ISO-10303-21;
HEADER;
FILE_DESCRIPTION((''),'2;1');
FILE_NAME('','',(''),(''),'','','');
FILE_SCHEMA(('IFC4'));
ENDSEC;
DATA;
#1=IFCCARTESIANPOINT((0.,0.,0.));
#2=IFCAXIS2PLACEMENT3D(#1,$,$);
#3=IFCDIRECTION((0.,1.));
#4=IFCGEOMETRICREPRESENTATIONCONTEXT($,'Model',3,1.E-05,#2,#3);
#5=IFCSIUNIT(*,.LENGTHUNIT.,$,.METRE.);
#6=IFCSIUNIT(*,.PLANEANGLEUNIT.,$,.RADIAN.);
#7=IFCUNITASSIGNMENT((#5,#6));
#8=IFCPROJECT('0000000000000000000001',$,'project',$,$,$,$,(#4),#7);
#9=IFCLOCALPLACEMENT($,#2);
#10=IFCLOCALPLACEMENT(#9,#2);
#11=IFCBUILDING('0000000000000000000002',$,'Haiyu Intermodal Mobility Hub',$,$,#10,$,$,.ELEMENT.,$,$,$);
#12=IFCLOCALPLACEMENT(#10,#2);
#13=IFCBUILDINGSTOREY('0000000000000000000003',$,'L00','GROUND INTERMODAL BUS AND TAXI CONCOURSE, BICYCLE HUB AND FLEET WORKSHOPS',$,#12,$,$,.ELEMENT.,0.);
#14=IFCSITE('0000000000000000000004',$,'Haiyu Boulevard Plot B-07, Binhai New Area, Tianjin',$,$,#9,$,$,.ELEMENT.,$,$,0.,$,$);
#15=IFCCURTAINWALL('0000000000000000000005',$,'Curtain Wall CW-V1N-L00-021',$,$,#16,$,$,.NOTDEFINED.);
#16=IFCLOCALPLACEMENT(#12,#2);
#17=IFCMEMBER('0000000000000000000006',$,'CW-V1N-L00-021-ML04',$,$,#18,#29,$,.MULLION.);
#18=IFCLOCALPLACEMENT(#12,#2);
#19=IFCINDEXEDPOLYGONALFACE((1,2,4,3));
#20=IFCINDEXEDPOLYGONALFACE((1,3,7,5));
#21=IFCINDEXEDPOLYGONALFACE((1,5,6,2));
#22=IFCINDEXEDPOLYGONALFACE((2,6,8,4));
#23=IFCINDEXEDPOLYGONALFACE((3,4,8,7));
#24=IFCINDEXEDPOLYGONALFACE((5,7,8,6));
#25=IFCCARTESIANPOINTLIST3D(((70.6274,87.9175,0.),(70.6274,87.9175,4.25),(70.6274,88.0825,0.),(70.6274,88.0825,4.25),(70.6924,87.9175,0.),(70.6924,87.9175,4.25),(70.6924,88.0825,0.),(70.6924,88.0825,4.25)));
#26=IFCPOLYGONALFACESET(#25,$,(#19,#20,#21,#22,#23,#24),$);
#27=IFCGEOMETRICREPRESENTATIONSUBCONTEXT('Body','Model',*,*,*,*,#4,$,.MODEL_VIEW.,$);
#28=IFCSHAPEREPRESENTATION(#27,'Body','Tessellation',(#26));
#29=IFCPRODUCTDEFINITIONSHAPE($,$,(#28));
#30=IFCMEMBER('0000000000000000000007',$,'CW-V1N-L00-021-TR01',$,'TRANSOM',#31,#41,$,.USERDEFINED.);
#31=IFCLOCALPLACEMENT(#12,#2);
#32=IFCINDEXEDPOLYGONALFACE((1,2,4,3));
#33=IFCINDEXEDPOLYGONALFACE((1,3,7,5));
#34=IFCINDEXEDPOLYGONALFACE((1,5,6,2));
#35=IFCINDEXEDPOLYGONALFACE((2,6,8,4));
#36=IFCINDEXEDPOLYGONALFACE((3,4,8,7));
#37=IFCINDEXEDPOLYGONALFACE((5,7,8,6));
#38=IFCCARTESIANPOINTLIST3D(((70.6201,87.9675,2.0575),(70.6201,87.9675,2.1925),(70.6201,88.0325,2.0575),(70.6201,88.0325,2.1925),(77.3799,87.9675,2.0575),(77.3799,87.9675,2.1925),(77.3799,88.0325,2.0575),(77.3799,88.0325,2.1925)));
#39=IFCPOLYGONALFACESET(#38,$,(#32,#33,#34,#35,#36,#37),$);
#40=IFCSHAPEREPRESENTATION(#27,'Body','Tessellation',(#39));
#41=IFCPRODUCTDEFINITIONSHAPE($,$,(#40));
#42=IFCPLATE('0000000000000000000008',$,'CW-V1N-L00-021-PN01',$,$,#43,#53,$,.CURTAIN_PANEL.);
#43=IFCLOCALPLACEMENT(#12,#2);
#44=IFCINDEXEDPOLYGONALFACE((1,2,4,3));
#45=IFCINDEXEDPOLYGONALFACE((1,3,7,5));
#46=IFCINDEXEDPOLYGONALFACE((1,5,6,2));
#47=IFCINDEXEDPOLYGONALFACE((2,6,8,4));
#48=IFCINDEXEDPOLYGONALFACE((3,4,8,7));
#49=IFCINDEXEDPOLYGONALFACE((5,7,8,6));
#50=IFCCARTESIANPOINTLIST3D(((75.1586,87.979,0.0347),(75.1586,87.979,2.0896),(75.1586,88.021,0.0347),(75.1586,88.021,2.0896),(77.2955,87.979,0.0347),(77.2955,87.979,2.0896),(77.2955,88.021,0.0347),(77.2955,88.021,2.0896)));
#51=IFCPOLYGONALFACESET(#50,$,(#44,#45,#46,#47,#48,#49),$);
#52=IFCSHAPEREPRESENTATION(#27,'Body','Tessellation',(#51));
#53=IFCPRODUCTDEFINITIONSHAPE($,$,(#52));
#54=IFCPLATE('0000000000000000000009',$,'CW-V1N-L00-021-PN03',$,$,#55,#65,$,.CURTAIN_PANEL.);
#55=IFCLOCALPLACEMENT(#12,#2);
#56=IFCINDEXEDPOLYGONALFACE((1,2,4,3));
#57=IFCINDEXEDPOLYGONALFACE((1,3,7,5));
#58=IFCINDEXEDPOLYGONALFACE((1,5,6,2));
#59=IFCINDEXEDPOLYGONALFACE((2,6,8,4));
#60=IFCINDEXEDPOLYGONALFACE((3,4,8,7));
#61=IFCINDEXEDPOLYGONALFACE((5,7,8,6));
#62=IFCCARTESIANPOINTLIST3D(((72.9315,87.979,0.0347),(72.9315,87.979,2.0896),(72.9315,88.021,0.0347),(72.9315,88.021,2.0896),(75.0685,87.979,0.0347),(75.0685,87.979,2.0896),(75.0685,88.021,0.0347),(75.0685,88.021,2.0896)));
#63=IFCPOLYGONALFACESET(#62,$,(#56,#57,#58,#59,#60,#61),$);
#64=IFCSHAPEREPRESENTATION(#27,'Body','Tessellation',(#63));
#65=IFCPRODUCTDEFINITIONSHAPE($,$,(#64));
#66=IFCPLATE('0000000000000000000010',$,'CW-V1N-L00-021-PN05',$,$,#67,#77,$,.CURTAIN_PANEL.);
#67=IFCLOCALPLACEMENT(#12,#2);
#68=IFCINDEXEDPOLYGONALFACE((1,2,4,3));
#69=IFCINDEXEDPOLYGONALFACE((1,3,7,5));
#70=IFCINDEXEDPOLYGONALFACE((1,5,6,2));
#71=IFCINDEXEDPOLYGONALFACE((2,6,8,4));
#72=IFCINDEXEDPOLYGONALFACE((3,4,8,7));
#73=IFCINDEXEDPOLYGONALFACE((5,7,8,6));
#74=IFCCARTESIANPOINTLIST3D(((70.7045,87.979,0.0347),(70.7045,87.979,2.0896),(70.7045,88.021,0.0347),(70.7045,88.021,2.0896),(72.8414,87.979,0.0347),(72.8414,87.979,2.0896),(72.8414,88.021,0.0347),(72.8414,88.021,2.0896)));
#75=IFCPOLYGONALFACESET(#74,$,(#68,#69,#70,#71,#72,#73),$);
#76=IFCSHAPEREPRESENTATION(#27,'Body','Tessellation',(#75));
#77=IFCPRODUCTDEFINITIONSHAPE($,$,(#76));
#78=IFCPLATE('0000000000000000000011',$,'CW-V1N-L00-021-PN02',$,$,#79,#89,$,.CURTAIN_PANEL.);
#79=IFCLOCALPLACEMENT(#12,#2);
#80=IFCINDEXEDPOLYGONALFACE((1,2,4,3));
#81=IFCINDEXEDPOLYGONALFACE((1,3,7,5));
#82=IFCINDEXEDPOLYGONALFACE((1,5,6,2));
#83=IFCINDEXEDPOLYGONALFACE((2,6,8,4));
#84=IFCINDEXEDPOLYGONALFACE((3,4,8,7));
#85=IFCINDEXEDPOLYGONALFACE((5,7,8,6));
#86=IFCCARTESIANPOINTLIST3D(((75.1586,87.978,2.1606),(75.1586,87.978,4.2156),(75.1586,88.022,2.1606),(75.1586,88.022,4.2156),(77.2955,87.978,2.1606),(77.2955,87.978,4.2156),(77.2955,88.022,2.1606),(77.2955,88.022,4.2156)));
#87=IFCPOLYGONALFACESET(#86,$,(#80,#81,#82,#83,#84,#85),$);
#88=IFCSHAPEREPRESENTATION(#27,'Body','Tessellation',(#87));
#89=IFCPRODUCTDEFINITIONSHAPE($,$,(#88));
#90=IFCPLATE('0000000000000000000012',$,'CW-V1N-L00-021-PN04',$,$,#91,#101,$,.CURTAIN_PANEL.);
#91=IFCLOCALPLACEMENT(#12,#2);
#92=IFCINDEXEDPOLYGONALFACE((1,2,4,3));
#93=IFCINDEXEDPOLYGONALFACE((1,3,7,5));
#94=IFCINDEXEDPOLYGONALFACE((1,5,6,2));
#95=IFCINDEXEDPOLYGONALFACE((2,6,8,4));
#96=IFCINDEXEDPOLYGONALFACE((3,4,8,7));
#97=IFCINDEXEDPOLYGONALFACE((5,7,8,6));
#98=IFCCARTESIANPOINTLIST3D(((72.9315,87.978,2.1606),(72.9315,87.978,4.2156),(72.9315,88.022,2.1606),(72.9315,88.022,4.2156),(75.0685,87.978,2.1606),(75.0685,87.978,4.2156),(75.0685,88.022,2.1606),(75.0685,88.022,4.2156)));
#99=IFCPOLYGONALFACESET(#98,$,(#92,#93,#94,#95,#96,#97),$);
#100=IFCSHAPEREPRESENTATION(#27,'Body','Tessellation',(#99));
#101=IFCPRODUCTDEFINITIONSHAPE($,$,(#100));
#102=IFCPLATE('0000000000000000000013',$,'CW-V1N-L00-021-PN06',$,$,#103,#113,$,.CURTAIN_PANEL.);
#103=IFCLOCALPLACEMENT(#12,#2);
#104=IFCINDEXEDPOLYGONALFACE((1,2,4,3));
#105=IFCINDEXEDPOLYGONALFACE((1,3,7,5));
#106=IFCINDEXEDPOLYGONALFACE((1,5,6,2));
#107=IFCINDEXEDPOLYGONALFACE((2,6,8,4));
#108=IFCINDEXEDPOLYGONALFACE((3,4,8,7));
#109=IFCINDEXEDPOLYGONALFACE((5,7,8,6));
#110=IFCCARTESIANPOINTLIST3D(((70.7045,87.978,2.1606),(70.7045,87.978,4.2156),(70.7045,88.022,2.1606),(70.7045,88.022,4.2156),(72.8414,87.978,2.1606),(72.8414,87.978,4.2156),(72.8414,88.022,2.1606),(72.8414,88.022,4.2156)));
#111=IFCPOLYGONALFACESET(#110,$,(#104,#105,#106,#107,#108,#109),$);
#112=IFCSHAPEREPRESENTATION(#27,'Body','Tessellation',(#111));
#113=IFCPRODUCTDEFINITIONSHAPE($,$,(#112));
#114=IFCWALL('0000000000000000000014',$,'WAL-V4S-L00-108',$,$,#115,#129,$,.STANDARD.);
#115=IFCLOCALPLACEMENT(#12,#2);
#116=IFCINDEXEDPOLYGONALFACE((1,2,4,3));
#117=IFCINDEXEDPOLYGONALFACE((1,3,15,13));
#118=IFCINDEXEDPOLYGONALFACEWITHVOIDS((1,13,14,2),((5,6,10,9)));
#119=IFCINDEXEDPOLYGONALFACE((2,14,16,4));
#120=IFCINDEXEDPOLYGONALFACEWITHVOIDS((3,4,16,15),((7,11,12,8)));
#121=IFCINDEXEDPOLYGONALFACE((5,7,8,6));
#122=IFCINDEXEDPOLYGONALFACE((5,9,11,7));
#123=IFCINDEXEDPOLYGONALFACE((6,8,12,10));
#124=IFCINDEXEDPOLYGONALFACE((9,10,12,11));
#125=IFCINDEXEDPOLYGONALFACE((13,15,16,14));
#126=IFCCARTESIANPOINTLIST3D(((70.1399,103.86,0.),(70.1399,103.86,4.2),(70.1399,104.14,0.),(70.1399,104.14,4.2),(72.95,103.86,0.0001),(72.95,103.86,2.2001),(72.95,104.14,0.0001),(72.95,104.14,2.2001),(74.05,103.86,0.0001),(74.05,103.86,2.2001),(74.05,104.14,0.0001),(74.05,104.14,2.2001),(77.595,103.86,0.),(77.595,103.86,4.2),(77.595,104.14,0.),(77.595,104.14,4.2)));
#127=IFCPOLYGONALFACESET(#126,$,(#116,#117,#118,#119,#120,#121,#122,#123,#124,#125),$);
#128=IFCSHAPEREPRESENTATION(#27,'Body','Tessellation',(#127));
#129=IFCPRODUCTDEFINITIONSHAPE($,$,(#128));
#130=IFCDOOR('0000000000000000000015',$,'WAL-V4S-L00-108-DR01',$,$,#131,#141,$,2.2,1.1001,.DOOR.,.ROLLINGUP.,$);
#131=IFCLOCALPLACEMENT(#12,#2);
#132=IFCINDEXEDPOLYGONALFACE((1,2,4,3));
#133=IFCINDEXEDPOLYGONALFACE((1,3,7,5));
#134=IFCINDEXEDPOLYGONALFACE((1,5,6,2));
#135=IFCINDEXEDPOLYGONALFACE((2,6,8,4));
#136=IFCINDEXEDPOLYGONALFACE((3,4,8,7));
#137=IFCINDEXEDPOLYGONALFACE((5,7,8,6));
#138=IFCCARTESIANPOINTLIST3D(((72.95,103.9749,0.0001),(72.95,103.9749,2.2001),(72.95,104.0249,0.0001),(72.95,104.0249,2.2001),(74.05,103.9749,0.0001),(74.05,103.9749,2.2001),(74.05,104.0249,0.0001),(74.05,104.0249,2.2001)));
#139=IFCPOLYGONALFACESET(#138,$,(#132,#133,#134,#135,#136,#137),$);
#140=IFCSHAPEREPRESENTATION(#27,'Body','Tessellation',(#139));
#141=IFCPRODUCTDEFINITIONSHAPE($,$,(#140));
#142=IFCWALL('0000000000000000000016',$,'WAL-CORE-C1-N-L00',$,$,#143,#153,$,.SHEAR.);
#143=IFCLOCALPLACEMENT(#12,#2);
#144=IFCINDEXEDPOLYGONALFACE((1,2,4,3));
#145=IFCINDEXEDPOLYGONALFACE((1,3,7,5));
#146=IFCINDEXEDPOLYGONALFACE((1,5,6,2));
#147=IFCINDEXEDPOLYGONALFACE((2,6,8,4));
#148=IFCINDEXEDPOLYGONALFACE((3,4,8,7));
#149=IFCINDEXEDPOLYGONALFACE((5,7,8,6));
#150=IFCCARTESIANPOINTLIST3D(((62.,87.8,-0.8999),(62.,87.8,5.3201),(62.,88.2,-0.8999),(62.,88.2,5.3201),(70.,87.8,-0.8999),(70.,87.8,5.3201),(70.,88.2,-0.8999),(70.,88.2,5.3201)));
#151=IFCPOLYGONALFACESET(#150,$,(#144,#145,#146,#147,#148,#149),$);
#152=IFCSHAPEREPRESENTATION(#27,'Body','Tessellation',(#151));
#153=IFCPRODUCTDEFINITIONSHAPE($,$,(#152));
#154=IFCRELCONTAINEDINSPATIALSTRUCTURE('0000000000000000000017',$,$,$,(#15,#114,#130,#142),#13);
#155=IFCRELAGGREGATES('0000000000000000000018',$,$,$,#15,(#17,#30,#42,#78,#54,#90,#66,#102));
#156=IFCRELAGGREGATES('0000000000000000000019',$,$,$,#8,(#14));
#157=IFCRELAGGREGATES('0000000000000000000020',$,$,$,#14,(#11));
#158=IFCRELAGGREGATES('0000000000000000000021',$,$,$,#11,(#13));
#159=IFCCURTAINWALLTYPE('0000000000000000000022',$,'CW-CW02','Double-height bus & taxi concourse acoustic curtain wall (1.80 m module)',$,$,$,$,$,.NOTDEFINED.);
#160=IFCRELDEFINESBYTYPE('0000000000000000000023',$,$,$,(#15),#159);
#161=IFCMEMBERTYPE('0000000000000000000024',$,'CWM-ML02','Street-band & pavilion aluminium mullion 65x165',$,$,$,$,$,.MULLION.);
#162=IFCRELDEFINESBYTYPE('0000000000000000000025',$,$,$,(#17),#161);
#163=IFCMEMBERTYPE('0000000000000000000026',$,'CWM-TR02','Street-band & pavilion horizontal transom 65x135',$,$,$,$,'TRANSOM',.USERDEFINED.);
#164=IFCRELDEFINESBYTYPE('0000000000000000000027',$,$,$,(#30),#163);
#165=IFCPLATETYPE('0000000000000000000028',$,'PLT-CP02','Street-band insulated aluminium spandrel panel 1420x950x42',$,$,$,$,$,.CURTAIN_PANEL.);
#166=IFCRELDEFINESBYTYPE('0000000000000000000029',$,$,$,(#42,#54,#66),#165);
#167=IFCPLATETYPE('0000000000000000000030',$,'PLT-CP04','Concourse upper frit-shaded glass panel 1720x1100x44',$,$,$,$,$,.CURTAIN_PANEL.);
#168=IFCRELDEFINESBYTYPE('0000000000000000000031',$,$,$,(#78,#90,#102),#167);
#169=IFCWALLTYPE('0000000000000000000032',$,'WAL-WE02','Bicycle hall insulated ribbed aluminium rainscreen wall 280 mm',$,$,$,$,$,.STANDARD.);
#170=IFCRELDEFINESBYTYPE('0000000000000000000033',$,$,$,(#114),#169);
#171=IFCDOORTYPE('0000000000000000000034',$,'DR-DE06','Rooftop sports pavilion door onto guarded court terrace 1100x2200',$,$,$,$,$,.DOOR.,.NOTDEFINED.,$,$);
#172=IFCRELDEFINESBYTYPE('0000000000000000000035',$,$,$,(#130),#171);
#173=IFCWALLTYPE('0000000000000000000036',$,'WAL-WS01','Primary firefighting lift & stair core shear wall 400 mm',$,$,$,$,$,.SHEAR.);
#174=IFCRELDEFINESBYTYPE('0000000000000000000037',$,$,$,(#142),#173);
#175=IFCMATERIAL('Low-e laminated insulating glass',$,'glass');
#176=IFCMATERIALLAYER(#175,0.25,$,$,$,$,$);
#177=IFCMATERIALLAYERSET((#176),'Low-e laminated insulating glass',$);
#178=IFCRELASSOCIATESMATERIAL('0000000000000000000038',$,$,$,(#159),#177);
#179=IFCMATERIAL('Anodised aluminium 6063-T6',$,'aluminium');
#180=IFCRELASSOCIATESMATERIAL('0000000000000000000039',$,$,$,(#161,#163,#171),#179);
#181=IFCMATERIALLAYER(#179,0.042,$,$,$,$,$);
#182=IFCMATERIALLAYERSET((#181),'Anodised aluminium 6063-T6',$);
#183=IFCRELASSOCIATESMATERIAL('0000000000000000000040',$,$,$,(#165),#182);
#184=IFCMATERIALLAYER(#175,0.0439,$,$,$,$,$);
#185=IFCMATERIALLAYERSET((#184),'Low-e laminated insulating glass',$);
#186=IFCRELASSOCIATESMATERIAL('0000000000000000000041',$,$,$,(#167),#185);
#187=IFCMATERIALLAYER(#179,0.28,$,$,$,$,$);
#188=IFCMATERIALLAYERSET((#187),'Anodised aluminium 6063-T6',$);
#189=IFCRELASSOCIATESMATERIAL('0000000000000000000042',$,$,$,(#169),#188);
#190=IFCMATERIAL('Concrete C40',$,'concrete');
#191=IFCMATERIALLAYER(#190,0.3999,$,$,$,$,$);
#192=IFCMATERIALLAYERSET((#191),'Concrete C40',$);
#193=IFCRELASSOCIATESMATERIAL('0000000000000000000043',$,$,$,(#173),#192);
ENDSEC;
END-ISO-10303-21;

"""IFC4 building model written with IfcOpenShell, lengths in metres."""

from ifc_helpers import new_model, si_unit, direction, frame, frame_2d, origin, origin_2d, place, context, subcontext, project, spatial, rectangle, extrude, material, layer, layer_set, material_profile, profile_set, type_object, element, fill, aggregate, save


model = new_model("IFC4")

# Units and contexts
model_context = context("Model", 3, precision=1e-05, world=origin(), true_north=direction((0.0, 1.0)))
body_context = subcontext(model_context, "Body", "Model", "MODEL_VIEW")
ifc_project = project(units=[si_unit("LENGTHUNIT", "METRE"), si_unit("PLANEANGLEUNIT", "RADIAN")], contexts=[model_context])

# Site, building, storey
site_placement = place(None, origin())
site = spatial("IfcSite", under=ifc_project, at=site_placement, Name="Haiyu Boulevard Plot B-07, Binhai New Area, Tianjin", CompositionType="ELEMENT", RefElevation=0.0)
building_placement = place(site_placement, origin())
building = spatial("IfcBuilding", under=site, at=building_placement, Name="Haiyu Intermodal Mobility Hub", CompositionType="ELEMENT")
storey_placement = place(building_placement, origin())
storey = spatial("IfcBuildingStorey", under=building, at=storey_placement, Name="L00", Description="GROUND INTERMODAL BUS AND TAXI CONCOURSE, BICYCLE HUB AND FLEET WORKSHOPS", CompositionType="ELEMENT", Elevation=0.0)

# Shared definitions
ifc_material_1 = material(Name="Concrete C40", Category="concrete")

# Curtain wall, members, plates
ifc_material_2 = material(Name="Low-e laminated insulating glass", Category="glass")
ifc_layer_1 = layer(ifc_material_2, 0.25)
ifc_layer_set_1 = layer_set([ifc_layer_1], Name="Low-e laminated insulating glass")
curtain_wall_type = type_object("IfcCurtainWallType", Name="CW-CW02", Description="Double-height bus & taxi concourse acoustic curtain wall (1.80 m module)", PredefinedType="NOTDEFINED", material=ifc_layer_set_1)
curtain_wall_placement = place(storey_placement, origin())
curtain_wall = element("IfcCurtainWall", 1, at=curtain_wall_placement, inside=storey, type_object=curtain_wall_type, Name="Curtain Wall CW-V1N-L00-021", PredefinedType="NOTDEFINED")
ifc_material_3 = material(Name="Anodised aluminium 6063-T6", Category="aluminium")
ifc_material_profile_1 = material_profile(ifc_material_3, rectangle(XDim=0.0649, YDim=0.165, at=origin_2d()), Name="ALU65x165")
ifc_profile_set_1 = profile_set([ifc_material_profile_1], Name="Anodised aluminium 6063-T6")
member_type_1 = type_object("IfcMemberType", Name="CWM-ML02", Description="Street-band & pavilion aluminium mullion 65x165", PredefinedType="MULLION", material=ifc_profile_set_1)
member_1_placement = place(storey_placement, frame((70.6599, 88.0, 0.0), z_axis=(0.0, 0.0, 1.0), x_axis=(1.0, 0.0, 0.0)))
member_1 = element("IfcMember", 2, at=member_1_placement, type_object=member_type_1, Name="CW-V1N-L00-021-ML04", PredefinedType="MULLION", context=body_context, shape_type="SweptSolid", body=[
    extrude(rectangle(XDim=0.0649, YDim=0.165, at=origin_2d()), origin(), (0.0, 0.0, 1.0), 4.25),
])
ifc_material_profile_2 = material_profile(ifc_material_3, rectangle(XDim=0.0649, YDim=0.135, at=origin_2d()), Name="ALU65x135")
ifc_profile_set_2 = profile_set([ifc_material_profile_2], Name="Anodised aluminium 6063-T6")
member_type_2 = type_object("IfcMemberType", Name="CWM-TR02", Description="Street-band & pavilion horizontal transom 65x135", ElementType="TRANSOM", PredefinedType="USERDEFINED", material=ifc_profile_set_2)
member_2_placement = place(storey_placement, frame((77.3799, 88.0, 2.125), z_axis=(-1.0, 0.0, 0.0), x_axis=(0.0, -1.0, 0.0)))
member_2 = element("IfcMember", 3, at=member_2_placement, type_object=member_type_2, Name="CW-V1N-L00-021-TR01", ObjectType="TRANSOM", PredefinedType="USERDEFINED", context=body_context, shape_type="SweptSolid", body=[
    extrude(rectangle(XDim=0.0649, YDim=0.135, at=origin_2d()), origin(), (0.0, 0.0, 1.0), 6.7598),
])
ifc_layer_2 = layer(ifc_material_3, 0.042)
ifc_layer_set_2 = layer_set([ifc_layer_2], Name="Anodised aluminium 6063-T6")
plate_type_1 = type_object("IfcPlateType", Name="PLT-CP02", Description="Street-band insulated aluminium spandrel panel 1420x950x42", PredefinedType="CURTAIN_PANEL", material=ifc_layer_set_2)
plate_1_placement = place(storey_placement, frame((76.2271, 88.0, 0.0347), z_axis=(0.0, 0.0, 1.0), x_axis=(-1.0, 0.0, 0.0)))
plate_1 = element("IfcPlate", 4, at=plate_1_placement, type_object=plate_type_1, Name="CW-V1N-L00-021-PN01", PredefinedType="CURTAIN_PANEL", context=body_context, shape_type="SweptSolid", body=[
    extrude(rectangle(XDim=2.137, YDim=0.042, at=origin_2d()), origin(), (0.0, 0.0, 1.0), 2.0549),
])
plate_2_placement = place(storey_placement, frame((74.0, 88.0, 0.0347), z_axis=(0.0, 0.0, 1.0), x_axis=(-1.0, 0.0, 0.0)))
plate_2 = element("IfcPlate", 5, at=plate_2_placement, type_object=plate_type_1, Name="CW-V1N-L00-021-PN03", PredefinedType="CURTAIN_PANEL", context=body_context, shape_type="SweptSolid", body=[
    extrude(rectangle(XDim=2.137, YDim=0.042, at=origin_2d()), origin(), (0.0, 0.0, 1.0), 2.0549),
])
plate_3_placement = place(storey_placement, frame((71.7729, 88.0, 0.0347), z_axis=(0.0, 0.0, 1.0), x_axis=(-1.0, 0.0, 0.0)))
plate_3 = element("IfcPlate", 6, at=plate_3_placement, type_object=plate_type_1, Name="CW-V1N-L00-021-PN05", PredefinedType="CURTAIN_PANEL", context=body_context, shape_type="SweptSolid", body=[
    extrude(rectangle(XDim=2.137, YDim=0.042, at=origin_2d()), origin(), (0.0, 0.0, 1.0), 2.0549),
])
ifc_layer_3 = layer(ifc_material_2, 0.0439)
ifc_layer_set_3 = layer_set([ifc_layer_3], Name="Low-e laminated insulating glass")
plate_type_2 = type_object("IfcPlateType", Name="PLT-CP04", Description="Concourse upper frit-shaded glass panel 1720x1100x44", PredefinedType="CURTAIN_PANEL", material=ifc_layer_set_3)
plate_4_placement = place(storey_placement, frame((76.2271, 88.0, 2.1606), z_axis=(0.0, 0.0, 1.0), x_axis=(-1.0, 0.0, 0.0)))
plate_4 = element("IfcPlate", 7, at=plate_4_placement, type_object=plate_type_2, Name="CW-V1N-L00-021-PN02", PredefinedType="CURTAIN_PANEL", context=body_context, shape_type="SweptSolid", body=[
    extrude(rectangle(XDim=2.137, YDim=0.0439, at=origin_2d()), origin(), (0.0, 0.0, 1.0), 2.0549),
])
plate_5_placement = place(storey_placement, frame((74.0, 88.0, 2.1606), z_axis=(0.0, 0.0, 1.0), x_axis=(-1.0, 0.0, 0.0)))
plate_5 = element("IfcPlate", 8, at=plate_5_placement, type_object=plate_type_2, Name="CW-V1N-L00-021-PN04", PredefinedType="CURTAIN_PANEL", context=body_context, shape_type="SweptSolid", body=[
    extrude(rectangle(XDim=2.137, YDim=0.0439, at=origin_2d()), origin(), (0.0, 0.0, 1.0), 2.0549),
])
plate_6_placement = place(storey_placement, frame((71.7729, 88.0, 2.1606), z_axis=(0.0, 0.0, 1.0), x_axis=(-1.0, 0.0, 0.0)))
plate_6 = element("IfcPlate", 9, at=plate_6_placement, type_object=plate_type_2, Name="CW-V1N-L00-021-PN06", PredefinedType="CURTAIN_PANEL", context=body_context, shape_type="SweptSolid", body=[
    extrude(rectangle(XDim=2.137, YDim=0.0439, at=origin_2d()), origin(), (0.0, 0.0, 1.0), 2.0549),
])
aggregate(curtain_wall, [member_1, member_2, plate_1, plate_4, plate_2, plate_5, plate_3, plate_6])

# Wall, opening, door
ifc_layer_4 = layer(ifc_material_3, 0.28)
ifc_layer_set_4 = layer_set([ifc_layer_4], Name="Anodised aluminium 6063-T6")
wall_type_1 = type_object("IfcWallType", Name="WAL-WE02", Description="Bicycle hall insulated ribbed aluminium rainscreen wall 280 mm", PredefinedType="STANDARD", material=ifc_layer_set_4)
wall_1_placement = place(storey_placement, frame((70.1399, 104.0, 0.0), z_axis=(0.0, 0.0, 1.0), x_axis=(1.0, 0.0, 0.0)))
wall_1 = element("IfcWall", 10, at=wall_1_placement, inside=storey, type_object=wall_type_1, Name="WAL-V4S-L00-108", PredefinedType="STANDARD", context=body_context, shape_type="SweptSolid", body=[
    extrude(rectangle(XDim=7.4551, YDim=0.28, at=frame_2d((3.7275, 0.0))), origin(), (0.0, 0.0, 1.0), 4.2),
])
opening_1_placement = place(wall_1_placement, frame((2.8101, 0.0, 0.0)))
opening_1 = element("IfcOpeningElement", 11, at=opening_1_placement, cuts=wall_1, PredefinedType="OPENING", context=body_context, shape_type="SweptSolid", body=[
    extrude(rectangle(XDim=1.1001, YDim=2.2, at=frame_2d((0.55, 1.1001))), frame((0.0, 0.1499, 0.0), z_axis=(0.0, -1.0, 0.0), x_axis=(1.0, 0.0, 0.0)), (0.0, 0.0, 1.0), 0.3),
])
door_type_1 = type_object("IfcDoorType", Name="DR-DE06", Description="Rooftop sports pavilion door onto guarded court terrace 1100x2200", OperationType="NOTDEFINED", PredefinedType="DOOR", material=ifc_material_3)
door_1_placement = place(opening_1_placement, origin())
door_1 = element("IfcDoor", 12, at=door_1_placement, inside=storey, type_object=door_type_1, Name="WAL-V4S-L00-108-DR01", OperationType="ROLLINGUP", OverallHeight=2.2, OverallWidth=1.1001, PredefinedType="DOOR", context=body_context, shape_type="SweptSolid", body=[
    extrude(rectangle(XDim=1.1001, YDim=2.2, at=frame_2d((0.55, 1.1001))), frame((0.0, 0.0249, 0.0), z_axis=(0.0, -1.0, 0.0), x_axis=(1.0, 0.0, 0.0)), (0.0, 0.0, 1.0), 0.05),
])
fill(opening_1, door_1)

# Wall
ifc_layer_5 = layer(ifc_material_1, 0.3999)
ifc_layer_set_5 = layer_set([ifc_layer_5], Name="Concrete C40")
wall_type_2 = type_object("IfcWallType", Name="WAL-WS01", Description="Primary firefighting lift & stair core shear wall 400 mm", PredefinedType="SHEAR", material=ifc_layer_set_5)
wall_2_placement = place(storey_placement, frame((70.0, 88.0, -0.8999), z_axis=(0.0, 0.0, 1.0), x_axis=(-1.0, 0.0, 0.0)))
element("IfcWall", 13, at=wall_2_placement, inside=storey, type_object=wall_type_2, Name="WAL-CORE-C1-N-L00", PredefinedType="SHEAR", context=body_context, shape_type="SweptSolid", body=[
    extrude(rectangle(XDim=8.0, YDim=0.3999, at=frame_2d((4.0, 0.0))), origin(), (0.0, 0.0, 1.0), 6.22),
])

save(model, "model.ifc")
